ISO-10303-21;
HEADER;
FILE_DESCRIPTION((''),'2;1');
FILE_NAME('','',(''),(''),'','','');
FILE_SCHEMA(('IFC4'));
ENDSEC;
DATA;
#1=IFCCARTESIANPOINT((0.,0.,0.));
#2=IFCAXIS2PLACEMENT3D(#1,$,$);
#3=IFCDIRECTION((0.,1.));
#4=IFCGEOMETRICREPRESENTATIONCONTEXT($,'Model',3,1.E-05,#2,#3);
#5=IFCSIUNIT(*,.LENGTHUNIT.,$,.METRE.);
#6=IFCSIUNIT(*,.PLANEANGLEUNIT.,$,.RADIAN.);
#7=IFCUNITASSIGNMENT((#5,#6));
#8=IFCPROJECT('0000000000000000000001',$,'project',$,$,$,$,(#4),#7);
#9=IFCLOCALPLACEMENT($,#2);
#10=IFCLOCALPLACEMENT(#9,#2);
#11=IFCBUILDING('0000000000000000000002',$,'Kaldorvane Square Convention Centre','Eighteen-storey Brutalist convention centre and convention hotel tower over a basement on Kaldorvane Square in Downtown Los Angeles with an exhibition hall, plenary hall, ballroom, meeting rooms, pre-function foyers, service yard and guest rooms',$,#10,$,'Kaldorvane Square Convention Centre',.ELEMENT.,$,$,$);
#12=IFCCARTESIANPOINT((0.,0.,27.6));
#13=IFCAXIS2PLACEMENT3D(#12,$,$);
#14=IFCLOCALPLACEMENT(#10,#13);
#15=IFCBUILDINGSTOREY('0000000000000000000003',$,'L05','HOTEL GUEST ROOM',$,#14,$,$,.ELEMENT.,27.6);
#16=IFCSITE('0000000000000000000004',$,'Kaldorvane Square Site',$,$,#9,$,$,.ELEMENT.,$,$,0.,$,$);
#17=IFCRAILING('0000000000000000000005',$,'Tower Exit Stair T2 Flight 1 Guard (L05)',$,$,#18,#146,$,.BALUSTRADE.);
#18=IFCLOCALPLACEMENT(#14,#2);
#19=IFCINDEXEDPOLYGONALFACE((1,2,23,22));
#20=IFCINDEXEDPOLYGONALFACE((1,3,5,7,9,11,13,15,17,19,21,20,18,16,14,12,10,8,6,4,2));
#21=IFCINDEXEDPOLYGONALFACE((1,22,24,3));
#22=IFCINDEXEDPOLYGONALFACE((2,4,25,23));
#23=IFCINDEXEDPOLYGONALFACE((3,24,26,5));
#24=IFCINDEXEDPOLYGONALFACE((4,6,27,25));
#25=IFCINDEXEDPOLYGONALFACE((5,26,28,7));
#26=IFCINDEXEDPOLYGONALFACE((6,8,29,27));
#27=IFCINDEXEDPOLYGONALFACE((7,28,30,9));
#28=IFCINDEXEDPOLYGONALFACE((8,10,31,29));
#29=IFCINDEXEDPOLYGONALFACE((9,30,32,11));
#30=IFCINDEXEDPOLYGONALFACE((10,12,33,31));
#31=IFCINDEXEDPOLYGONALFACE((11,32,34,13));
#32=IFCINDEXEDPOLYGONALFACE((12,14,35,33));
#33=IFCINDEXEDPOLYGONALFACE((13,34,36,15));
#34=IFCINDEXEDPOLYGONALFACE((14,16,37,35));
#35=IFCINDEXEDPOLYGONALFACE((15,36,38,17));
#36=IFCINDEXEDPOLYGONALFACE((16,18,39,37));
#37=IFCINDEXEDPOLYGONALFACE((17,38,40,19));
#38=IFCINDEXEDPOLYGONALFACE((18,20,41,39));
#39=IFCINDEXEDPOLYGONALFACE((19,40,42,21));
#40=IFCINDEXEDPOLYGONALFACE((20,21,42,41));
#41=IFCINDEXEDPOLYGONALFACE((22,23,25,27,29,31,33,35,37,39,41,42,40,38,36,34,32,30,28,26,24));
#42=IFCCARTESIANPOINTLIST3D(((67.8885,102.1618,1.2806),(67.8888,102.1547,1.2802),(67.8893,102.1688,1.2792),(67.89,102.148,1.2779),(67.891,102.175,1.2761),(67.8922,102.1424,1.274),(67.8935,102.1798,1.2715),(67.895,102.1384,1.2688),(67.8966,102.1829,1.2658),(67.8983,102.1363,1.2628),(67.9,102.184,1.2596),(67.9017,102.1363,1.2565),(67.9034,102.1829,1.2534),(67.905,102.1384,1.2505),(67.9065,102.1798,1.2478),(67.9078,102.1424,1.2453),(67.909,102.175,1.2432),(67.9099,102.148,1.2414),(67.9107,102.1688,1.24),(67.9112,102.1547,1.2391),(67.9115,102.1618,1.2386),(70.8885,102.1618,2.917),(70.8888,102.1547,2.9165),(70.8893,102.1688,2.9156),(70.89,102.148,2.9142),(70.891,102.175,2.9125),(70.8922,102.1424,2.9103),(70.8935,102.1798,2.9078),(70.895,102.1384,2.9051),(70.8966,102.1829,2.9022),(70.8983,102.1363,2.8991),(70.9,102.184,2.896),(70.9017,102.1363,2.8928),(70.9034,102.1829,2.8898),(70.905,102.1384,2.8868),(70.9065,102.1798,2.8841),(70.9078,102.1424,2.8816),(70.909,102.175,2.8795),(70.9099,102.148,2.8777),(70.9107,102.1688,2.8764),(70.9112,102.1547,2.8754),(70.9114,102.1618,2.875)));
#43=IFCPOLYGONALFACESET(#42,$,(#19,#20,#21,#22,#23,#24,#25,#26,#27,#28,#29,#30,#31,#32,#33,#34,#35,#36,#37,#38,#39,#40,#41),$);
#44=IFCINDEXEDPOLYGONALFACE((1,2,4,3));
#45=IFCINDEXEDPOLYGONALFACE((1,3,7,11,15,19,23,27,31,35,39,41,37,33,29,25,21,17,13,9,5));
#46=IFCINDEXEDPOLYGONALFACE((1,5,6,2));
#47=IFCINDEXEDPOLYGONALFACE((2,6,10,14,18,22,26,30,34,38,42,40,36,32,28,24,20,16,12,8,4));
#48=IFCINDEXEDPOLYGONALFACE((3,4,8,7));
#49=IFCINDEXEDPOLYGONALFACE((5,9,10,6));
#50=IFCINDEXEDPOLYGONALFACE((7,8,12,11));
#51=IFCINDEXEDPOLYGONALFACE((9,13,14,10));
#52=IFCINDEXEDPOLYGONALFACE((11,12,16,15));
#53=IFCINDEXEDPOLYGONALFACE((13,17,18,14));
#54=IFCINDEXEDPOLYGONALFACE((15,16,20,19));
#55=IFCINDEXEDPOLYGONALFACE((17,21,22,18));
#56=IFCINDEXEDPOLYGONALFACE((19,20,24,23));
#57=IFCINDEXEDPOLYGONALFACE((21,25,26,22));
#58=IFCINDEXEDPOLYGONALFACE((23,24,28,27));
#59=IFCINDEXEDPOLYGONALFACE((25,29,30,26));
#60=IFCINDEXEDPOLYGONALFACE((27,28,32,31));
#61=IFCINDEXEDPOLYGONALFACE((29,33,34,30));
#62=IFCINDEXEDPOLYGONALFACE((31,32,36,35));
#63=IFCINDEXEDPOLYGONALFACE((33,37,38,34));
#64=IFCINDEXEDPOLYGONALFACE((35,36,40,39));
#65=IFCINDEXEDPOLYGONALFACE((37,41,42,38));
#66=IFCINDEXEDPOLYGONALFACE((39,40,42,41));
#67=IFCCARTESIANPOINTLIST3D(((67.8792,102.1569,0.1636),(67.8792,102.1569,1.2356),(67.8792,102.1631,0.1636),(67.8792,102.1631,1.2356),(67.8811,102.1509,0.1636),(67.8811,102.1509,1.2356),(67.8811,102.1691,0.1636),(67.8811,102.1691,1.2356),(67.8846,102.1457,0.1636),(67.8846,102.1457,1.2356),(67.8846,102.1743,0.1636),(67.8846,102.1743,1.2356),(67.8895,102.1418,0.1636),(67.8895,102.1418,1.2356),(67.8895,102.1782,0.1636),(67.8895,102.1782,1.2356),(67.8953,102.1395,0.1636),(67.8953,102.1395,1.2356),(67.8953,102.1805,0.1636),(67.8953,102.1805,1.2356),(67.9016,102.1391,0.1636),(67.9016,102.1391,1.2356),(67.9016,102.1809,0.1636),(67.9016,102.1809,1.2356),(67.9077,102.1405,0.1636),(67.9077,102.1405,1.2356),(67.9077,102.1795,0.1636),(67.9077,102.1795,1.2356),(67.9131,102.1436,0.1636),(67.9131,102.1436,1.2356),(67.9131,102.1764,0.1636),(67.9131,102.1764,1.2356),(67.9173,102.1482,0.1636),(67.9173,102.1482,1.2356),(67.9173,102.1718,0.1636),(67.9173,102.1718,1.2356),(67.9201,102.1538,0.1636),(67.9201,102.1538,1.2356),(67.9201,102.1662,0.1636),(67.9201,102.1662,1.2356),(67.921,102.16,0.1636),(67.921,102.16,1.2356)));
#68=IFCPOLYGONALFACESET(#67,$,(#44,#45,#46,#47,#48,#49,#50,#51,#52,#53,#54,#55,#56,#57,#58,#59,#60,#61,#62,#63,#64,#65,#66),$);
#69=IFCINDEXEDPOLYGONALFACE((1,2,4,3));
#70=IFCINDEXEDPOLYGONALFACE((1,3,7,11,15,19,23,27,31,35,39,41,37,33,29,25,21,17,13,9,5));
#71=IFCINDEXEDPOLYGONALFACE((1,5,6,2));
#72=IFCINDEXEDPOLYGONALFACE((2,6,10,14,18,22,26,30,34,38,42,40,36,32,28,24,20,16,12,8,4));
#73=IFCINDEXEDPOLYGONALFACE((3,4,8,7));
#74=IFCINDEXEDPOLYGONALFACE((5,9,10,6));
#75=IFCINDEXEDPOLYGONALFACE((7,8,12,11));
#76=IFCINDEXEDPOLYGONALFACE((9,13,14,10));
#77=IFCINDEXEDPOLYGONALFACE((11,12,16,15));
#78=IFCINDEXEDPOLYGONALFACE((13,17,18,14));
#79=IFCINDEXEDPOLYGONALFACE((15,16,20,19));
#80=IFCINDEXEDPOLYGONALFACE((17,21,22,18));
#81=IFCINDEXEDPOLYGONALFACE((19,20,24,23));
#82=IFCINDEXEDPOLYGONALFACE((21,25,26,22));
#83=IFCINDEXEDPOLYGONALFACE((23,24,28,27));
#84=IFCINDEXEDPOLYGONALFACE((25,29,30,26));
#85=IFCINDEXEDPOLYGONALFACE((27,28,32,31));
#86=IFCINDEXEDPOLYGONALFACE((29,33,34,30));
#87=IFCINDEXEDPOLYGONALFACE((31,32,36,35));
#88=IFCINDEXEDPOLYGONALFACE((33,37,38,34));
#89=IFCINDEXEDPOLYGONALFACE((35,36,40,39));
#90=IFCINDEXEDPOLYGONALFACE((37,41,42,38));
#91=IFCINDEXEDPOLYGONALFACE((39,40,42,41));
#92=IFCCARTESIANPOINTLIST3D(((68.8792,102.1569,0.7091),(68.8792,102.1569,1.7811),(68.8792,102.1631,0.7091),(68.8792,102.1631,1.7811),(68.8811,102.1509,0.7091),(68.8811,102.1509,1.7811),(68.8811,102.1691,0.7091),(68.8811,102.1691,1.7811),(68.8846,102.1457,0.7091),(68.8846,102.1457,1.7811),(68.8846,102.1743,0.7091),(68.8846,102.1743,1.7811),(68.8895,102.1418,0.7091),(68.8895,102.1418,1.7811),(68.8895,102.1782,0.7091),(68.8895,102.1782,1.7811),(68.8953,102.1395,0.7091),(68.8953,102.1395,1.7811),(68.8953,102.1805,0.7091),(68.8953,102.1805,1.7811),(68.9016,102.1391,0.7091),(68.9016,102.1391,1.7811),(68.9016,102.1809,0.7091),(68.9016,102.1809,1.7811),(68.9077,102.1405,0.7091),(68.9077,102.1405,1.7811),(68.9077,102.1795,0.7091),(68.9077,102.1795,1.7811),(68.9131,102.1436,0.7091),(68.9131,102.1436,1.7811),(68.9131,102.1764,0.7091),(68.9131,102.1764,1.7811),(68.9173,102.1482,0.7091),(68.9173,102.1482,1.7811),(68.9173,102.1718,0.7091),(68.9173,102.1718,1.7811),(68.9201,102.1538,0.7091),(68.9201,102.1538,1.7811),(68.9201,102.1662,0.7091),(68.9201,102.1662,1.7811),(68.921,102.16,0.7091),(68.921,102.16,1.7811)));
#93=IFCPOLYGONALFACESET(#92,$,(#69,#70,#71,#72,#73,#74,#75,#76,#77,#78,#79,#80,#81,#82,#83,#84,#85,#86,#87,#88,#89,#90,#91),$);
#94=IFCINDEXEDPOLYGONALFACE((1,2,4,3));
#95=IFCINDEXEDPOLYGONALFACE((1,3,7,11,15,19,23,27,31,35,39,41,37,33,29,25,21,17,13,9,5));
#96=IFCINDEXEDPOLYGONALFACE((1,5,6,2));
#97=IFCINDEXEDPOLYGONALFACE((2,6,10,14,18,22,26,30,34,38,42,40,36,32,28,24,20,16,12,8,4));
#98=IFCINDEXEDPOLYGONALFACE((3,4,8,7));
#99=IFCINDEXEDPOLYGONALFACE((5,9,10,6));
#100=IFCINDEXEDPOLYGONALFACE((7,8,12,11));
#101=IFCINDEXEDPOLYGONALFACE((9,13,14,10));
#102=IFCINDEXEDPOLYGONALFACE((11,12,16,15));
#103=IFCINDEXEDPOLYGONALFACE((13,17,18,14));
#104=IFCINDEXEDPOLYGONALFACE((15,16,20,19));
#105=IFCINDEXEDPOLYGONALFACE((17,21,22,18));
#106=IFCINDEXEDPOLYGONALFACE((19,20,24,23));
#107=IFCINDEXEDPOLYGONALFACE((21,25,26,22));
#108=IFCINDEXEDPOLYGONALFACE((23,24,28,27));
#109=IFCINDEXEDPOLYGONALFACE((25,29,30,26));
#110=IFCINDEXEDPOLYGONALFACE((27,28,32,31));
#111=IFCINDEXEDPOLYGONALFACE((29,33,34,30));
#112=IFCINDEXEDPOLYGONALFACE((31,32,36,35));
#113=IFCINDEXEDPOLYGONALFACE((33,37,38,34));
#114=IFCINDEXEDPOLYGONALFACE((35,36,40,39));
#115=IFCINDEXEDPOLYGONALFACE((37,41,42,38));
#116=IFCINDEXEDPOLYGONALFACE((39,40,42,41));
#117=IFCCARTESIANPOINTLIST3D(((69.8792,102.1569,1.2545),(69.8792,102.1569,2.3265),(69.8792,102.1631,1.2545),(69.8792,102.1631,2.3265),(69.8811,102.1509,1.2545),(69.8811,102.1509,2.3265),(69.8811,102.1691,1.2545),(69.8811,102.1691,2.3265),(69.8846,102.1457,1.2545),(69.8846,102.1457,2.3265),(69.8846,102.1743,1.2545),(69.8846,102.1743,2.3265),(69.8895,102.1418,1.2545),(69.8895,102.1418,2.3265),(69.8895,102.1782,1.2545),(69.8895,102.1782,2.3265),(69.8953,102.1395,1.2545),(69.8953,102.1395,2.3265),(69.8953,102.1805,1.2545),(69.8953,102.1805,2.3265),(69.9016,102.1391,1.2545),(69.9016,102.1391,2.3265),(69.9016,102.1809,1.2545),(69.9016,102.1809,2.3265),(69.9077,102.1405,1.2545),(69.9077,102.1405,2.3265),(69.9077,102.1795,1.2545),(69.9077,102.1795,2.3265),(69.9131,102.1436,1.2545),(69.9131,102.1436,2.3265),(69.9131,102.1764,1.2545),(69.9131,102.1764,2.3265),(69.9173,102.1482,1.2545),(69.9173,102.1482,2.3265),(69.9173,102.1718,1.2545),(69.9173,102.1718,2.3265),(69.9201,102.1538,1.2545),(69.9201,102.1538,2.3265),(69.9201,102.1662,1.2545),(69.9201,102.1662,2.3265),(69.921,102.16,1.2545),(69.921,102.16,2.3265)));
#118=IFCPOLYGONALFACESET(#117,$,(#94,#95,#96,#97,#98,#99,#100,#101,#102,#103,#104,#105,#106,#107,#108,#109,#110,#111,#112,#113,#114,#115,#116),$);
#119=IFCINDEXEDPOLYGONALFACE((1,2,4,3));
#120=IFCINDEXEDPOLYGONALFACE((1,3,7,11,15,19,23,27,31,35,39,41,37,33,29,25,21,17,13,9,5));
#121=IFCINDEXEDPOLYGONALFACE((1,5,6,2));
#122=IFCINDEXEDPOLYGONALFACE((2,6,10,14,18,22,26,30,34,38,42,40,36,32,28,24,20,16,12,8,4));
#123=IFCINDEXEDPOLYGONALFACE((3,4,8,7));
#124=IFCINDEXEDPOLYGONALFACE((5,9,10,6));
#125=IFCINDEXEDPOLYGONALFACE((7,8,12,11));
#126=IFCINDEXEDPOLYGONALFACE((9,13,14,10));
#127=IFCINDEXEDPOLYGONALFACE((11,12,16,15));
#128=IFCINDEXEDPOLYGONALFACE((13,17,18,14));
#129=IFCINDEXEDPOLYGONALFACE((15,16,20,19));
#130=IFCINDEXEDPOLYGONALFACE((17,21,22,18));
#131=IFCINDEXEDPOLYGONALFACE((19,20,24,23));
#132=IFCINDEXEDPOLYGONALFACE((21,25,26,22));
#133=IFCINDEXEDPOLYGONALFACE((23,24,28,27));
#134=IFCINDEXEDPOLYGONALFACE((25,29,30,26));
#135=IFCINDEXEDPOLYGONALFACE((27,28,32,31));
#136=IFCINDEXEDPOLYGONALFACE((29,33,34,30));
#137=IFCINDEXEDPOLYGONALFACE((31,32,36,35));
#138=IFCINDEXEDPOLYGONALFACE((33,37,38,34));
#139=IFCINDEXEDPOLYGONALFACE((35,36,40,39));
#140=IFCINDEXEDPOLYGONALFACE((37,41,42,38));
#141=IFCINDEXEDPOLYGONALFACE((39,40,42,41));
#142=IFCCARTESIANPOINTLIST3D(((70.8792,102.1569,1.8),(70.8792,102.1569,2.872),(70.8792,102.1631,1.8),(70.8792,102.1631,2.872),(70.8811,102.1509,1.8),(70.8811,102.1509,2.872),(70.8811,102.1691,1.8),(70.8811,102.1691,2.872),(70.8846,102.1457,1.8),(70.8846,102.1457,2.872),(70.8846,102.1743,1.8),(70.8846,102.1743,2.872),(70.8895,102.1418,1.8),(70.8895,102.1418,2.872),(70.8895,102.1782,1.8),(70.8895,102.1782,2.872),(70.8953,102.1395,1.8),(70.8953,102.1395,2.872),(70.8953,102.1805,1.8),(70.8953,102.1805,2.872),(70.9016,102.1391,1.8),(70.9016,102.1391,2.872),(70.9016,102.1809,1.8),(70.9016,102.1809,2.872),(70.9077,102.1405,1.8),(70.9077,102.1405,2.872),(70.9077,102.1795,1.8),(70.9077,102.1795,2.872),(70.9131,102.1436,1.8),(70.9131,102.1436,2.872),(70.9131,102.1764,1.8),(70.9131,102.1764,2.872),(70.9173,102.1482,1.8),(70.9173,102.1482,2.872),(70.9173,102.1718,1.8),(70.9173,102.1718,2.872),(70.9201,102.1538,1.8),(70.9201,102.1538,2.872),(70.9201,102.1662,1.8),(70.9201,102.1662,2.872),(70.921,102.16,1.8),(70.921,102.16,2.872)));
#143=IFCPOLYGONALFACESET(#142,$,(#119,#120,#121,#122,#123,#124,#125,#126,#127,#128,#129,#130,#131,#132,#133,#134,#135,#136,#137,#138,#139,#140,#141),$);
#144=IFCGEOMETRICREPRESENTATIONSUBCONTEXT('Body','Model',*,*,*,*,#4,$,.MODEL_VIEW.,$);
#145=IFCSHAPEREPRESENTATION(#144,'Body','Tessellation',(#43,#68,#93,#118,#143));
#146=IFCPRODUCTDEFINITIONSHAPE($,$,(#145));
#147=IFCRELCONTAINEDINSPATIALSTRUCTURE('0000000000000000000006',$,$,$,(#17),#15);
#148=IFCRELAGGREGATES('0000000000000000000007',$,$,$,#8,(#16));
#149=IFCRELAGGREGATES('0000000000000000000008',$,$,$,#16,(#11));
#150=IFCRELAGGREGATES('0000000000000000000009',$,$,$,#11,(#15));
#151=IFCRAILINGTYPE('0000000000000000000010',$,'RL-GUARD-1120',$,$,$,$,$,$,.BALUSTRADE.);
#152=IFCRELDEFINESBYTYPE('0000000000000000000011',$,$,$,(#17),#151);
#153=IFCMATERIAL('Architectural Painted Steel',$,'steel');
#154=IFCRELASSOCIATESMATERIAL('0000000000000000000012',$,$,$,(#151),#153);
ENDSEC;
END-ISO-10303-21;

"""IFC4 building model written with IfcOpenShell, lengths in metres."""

from ifc_helpers import new_model, si_unit, direction, frame, origin, origin_2d, place, context, subcontext, project, spatial, circle, extrude, material, type_object, element, save


model = new_model("IFC4")

# Units and contexts
model_context = context("Model", 3, precision=1e-05, world=origin(), true_north=direction((0.0, 1.0)))
body_context = subcontext(model_context, "Body", "Model", "MODEL_VIEW")
ifc_project = project(units=[si_unit("LENGTHUNIT", "METRE"), si_unit("PLANEANGLEUNIT", "RADIAN")], contexts=[model_context])

# Site, building, storey
site_placement = place(None, origin())
site = spatial("IfcSite", under=ifc_project, at=site_placement, Name="Kaldorvane Square Site", CompositionType="ELEMENT", RefElevation=0.0)
building_placement = place(site_placement, origin())
building = spatial("IfcBuilding", under=site, at=building_placement, Name="Kaldorvane Square Convention Centre", Description="Eighteen-storey Brutalist convention centre and convention hotel tower over a basement on Kaldorvane Square in Downtown Los Angeles with an exhibition hall, plenary hall, ballroom, meeting rooms, pre-function foyers, service yard and guest rooms", LongName="Kaldorvane Square Convention Centre", CompositionType="ELEMENT")
storey_placement = place(building_placement, frame((0.0, 0.0, 27.6)))
storey = spatial("IfcBuildingStorey", under=building, at=storey_placement, Name="L05", Description="HOTEL GUEST ROOM", CompositionType="ELEMENT", Elevation=27.6)

# Railing
ifc_material_1 = material(Name="Architectural Painted Steel", Category="steel")
railing_type_1 = type_object("IfcRailingType", Name="RL-GUARD-1120", PredefinedType="BALUSTRADE", material=ifc_material_1)
railing_1_placement = place(storey_placement, frame((67.9, 102.16, 0.1636)))
element("IfcRailing", 1, at=railing_1_placement, inside=storey, type_object=railing_type_1, Name="Tower Exit Stair T2 Flight 1 Guard (L05)", PredefinedType="BALUSTRADE", context=body_context, shape_type="SweptSolid", body=[
    extrude(circle(Radius=0.024, at=origin_2d()), frame((0.0, 0.0, 1.096), z_axis=(0.877897, 0.0, 0.47885), x_axis=(0.0, 1.0, 0.0)), (0.0, 0.0, 1.0), 3.4173),
    extrude(circle(Radius=0.021, at=origin_2d()), origin(), (0.0, 0.0, 1.0), 1.072),
    extrude(circle(Radius=0.021, at=origin_2d()), frame((1.0, 0.0, 0.5455)), (0.0, 0.0, 1.0), 1.072),
    extrude(circle(Radius=0.021, at=origin_2d()), frame((2.0, 0.0, 1.0909)), (0.0, 0.0, 1.0), 1.072),
    extrude(circle(Radius=0.021, at=origin_2d()), frame((3.0, 0.0, 1.6364)), (0.0, 0.0, 1.0), 1.072),
])

save(model, "model.ifc")
